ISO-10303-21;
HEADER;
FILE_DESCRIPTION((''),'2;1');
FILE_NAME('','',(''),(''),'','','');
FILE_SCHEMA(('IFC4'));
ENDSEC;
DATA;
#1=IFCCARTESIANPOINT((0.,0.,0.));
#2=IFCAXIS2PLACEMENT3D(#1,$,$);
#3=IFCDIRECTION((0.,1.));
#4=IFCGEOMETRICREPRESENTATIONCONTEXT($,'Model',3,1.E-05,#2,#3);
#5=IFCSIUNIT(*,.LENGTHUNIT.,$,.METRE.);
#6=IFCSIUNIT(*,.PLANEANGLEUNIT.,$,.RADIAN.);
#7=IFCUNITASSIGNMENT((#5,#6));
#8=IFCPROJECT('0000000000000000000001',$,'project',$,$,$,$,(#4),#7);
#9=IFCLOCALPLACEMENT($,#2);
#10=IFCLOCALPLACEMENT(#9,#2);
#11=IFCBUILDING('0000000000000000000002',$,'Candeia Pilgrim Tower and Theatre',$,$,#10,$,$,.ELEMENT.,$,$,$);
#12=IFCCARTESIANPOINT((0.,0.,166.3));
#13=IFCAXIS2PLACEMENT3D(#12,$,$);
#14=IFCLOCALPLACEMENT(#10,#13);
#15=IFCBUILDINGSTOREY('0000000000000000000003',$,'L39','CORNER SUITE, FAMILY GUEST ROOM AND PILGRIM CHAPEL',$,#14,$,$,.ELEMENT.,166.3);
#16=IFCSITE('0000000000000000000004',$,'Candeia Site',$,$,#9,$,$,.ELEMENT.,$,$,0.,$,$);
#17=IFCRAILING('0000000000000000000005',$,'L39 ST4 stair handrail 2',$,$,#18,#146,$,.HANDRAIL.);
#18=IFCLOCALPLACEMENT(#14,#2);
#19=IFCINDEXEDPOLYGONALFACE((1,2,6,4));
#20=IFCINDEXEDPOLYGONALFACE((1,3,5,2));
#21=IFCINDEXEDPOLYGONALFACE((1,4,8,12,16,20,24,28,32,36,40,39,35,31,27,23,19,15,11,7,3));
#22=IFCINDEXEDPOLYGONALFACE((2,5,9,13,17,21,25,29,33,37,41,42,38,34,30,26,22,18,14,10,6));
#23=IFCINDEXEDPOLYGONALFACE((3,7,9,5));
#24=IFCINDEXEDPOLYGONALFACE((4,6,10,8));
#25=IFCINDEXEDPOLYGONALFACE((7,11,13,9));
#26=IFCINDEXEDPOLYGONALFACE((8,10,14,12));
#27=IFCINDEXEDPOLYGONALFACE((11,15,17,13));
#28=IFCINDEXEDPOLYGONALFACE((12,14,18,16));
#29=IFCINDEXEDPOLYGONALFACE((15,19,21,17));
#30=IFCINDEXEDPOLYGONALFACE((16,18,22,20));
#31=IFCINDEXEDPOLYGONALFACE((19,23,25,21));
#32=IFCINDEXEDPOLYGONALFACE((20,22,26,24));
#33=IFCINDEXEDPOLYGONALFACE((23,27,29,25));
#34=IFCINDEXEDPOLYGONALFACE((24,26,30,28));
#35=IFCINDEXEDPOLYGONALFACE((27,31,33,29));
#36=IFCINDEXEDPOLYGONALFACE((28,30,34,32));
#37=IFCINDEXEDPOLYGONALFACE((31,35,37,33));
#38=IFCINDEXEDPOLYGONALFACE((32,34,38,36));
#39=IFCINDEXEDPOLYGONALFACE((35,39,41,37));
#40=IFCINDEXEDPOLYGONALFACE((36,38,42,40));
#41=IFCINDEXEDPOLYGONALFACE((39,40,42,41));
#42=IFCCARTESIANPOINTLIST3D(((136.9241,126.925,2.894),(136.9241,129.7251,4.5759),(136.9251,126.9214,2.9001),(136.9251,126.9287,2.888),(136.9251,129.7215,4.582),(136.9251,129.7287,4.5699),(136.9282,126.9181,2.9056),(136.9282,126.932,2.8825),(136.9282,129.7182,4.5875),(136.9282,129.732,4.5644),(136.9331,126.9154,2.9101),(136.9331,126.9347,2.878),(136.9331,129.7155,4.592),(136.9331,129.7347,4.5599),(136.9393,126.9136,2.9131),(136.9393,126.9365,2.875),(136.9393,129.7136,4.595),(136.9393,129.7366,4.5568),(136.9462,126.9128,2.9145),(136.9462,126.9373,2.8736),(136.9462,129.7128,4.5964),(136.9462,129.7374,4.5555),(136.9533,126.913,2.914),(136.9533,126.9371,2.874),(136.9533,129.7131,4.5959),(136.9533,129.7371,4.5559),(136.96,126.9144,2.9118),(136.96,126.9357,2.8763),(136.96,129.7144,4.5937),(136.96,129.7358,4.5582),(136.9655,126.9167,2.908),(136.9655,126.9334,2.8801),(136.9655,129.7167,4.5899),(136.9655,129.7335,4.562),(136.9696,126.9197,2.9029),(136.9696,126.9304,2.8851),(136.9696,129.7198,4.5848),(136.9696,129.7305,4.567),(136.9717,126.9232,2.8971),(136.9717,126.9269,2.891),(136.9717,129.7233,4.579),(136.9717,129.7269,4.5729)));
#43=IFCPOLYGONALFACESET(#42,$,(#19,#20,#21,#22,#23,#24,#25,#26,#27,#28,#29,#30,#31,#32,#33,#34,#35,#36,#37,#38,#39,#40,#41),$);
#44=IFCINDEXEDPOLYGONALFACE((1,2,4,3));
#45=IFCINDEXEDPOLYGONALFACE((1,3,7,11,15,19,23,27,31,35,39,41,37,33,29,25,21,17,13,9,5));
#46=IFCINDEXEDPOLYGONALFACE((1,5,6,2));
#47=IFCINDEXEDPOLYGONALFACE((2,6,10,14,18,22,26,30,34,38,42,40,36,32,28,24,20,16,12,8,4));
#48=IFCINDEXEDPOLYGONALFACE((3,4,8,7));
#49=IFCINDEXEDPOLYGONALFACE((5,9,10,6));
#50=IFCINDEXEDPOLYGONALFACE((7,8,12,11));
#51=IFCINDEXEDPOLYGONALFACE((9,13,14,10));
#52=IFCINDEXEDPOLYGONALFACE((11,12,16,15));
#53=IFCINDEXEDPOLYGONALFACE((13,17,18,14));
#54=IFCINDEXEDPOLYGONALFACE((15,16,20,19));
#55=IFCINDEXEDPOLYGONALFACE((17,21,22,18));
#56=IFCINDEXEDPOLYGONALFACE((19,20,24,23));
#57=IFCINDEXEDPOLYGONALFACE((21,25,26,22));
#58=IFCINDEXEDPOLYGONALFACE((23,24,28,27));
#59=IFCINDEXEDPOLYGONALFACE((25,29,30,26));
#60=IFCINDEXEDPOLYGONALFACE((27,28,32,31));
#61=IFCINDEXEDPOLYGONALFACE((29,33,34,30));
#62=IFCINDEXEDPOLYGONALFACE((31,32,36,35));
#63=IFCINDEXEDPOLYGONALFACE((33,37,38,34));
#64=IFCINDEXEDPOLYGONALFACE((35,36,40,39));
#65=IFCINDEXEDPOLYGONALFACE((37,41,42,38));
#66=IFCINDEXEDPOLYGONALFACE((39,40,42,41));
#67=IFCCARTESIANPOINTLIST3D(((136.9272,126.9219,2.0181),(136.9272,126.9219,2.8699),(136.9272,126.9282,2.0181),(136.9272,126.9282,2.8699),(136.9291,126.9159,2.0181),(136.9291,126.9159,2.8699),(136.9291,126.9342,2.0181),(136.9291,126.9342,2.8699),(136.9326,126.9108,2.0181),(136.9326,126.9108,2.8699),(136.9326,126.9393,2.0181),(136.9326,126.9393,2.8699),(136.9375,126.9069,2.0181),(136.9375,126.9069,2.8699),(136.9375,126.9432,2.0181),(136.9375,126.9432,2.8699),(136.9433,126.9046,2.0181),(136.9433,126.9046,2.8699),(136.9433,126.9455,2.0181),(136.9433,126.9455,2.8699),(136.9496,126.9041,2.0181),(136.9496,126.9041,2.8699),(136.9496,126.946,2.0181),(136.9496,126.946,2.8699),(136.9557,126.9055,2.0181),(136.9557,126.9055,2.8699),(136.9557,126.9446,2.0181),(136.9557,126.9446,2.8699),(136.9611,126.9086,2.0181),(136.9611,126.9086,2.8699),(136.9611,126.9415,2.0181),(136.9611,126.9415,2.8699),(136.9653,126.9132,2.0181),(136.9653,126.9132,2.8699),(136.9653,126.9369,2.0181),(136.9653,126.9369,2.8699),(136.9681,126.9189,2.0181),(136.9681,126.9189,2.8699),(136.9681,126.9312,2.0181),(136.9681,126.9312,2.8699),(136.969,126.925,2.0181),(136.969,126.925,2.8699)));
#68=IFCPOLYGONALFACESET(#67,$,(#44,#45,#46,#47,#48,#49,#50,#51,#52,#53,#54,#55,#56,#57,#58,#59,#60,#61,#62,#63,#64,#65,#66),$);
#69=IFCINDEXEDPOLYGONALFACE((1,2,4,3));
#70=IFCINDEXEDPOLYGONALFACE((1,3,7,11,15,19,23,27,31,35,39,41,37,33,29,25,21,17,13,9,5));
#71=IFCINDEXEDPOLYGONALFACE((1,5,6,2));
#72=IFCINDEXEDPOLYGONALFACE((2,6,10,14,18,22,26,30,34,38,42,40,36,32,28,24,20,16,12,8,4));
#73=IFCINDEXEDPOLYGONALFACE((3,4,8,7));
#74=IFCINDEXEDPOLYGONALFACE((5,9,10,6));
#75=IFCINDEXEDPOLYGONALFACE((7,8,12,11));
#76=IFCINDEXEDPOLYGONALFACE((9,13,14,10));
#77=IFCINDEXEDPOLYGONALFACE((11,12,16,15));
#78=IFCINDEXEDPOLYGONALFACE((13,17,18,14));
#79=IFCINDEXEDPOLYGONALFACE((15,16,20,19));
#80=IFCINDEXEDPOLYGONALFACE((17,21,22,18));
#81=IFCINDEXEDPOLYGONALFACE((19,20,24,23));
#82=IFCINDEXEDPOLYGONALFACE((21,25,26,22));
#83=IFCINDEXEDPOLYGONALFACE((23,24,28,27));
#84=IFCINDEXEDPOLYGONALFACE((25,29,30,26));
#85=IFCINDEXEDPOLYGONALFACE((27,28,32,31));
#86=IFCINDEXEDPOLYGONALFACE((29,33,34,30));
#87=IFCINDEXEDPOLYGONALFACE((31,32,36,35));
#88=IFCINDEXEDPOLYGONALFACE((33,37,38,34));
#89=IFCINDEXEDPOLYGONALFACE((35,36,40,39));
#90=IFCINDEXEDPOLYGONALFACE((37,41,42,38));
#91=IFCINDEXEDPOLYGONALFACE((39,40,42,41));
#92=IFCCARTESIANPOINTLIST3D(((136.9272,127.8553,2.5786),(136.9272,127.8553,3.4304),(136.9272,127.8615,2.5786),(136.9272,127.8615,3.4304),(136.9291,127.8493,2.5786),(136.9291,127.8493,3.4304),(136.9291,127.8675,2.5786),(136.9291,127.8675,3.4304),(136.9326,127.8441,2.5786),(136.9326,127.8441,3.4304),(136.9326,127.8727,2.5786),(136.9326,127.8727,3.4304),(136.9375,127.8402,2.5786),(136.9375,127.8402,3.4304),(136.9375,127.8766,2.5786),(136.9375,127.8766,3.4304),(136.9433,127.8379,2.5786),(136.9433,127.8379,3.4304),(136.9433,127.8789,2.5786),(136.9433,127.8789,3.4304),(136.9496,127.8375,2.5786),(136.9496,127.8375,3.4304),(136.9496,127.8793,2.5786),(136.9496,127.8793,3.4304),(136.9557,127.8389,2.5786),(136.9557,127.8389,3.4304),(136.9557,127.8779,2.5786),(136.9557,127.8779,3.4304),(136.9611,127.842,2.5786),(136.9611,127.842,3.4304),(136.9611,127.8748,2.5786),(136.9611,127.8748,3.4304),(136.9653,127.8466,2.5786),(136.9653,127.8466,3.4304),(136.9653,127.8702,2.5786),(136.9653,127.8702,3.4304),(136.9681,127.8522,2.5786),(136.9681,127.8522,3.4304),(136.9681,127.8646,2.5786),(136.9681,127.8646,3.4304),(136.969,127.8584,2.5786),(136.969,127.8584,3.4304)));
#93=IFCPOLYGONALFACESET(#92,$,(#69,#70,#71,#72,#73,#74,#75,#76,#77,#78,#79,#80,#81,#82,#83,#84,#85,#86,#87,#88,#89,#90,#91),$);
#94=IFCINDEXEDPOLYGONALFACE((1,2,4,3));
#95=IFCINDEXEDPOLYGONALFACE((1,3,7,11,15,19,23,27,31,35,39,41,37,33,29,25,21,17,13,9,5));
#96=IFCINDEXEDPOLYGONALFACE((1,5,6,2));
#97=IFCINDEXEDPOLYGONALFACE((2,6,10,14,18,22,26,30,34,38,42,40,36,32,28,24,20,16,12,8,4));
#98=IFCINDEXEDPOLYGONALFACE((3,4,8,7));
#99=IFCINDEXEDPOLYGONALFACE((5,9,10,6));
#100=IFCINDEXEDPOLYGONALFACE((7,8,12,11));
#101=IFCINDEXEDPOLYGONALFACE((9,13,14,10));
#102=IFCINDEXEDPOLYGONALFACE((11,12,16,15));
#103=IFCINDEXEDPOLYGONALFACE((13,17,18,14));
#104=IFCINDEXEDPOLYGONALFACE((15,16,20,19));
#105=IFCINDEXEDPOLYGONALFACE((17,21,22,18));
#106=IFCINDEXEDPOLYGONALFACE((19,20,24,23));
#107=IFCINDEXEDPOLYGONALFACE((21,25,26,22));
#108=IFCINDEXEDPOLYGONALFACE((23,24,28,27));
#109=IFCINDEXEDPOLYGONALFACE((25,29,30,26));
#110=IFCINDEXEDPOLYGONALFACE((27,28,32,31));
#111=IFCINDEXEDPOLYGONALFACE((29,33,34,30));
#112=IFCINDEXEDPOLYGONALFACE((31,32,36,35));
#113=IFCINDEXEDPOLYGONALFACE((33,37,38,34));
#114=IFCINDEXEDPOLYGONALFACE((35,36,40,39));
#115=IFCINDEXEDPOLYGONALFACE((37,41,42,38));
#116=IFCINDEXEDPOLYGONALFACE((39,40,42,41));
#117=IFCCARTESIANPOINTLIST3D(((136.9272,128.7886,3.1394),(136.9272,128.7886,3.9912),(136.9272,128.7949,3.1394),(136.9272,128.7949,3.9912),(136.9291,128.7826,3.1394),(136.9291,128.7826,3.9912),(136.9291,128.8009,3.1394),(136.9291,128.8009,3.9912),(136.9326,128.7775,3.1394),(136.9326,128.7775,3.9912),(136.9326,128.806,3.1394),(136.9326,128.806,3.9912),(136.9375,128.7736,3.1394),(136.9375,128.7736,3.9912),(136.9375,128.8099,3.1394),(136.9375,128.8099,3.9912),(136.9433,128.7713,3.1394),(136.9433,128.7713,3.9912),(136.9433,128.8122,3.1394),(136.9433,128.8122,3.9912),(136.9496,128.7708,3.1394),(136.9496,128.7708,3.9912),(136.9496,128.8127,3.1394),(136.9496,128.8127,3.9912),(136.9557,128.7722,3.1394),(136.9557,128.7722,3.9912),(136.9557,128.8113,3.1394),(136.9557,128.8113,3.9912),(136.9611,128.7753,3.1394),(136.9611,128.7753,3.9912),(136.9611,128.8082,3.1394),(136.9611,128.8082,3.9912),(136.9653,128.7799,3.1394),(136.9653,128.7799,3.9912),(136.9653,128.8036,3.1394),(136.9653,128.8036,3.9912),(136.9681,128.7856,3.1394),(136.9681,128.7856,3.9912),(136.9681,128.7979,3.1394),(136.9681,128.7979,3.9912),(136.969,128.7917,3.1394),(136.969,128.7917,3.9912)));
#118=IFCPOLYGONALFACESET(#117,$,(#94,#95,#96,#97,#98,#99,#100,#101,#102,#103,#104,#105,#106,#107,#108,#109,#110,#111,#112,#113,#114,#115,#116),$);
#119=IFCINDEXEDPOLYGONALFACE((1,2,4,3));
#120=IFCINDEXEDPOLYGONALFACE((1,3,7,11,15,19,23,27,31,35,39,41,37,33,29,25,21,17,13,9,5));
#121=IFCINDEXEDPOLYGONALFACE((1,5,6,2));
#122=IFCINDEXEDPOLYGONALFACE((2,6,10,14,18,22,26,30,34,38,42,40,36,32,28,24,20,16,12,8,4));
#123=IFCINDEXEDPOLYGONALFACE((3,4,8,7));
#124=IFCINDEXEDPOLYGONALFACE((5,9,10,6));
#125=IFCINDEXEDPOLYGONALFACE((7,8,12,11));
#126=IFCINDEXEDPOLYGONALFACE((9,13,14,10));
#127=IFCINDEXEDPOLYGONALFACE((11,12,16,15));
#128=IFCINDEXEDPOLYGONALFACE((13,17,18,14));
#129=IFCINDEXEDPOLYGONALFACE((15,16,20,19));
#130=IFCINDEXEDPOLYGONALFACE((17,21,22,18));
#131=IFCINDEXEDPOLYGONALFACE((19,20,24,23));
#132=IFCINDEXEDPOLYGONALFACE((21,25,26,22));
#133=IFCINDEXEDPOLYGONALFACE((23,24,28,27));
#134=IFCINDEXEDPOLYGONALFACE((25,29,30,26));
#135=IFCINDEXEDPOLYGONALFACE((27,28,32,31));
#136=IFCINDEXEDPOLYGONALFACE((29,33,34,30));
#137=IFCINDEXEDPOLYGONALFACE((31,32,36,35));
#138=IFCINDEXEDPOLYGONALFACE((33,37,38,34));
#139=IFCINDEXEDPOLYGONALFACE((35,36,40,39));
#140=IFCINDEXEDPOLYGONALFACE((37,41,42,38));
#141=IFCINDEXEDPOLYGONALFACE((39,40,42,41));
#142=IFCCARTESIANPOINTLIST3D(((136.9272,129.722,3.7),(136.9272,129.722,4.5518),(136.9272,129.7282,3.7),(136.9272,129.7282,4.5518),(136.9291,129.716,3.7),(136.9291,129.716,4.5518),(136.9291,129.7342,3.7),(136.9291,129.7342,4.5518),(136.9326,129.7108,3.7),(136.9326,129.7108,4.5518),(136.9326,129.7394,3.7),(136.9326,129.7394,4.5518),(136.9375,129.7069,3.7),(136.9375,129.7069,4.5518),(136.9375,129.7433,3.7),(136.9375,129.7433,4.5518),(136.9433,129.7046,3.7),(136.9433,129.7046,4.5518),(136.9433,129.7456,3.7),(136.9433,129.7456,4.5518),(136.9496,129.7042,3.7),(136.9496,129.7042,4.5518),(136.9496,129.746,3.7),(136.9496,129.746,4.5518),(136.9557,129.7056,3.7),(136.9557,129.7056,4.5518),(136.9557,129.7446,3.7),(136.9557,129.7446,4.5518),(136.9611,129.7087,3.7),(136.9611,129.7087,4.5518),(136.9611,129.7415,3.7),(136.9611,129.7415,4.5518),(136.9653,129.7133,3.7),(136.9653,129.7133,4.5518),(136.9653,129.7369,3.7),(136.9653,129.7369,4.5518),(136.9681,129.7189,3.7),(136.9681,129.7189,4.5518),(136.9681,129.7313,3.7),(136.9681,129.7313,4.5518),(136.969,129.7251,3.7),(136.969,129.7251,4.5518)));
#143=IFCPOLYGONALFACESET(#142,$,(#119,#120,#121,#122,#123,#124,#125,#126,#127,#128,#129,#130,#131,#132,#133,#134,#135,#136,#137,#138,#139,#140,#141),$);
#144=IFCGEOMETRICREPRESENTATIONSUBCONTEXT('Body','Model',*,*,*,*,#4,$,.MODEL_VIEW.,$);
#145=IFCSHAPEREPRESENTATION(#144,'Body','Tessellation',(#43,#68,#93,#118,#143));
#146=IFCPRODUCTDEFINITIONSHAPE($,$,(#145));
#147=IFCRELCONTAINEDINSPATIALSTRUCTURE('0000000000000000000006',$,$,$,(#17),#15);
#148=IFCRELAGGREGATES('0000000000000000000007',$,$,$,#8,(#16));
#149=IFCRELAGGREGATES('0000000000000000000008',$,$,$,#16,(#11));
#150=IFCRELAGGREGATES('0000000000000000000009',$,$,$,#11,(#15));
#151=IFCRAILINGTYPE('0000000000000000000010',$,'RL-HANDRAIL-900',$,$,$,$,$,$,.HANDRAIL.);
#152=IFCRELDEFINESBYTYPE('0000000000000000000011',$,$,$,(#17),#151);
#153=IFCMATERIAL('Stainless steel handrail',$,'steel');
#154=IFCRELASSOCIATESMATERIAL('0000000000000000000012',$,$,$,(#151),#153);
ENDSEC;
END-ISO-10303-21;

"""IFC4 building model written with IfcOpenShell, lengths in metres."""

from ifc_helpers import new_model, si_unit, direction, frame, origin, origin_2d, place, context, subcontext, project, spatial, circle, extrude, material, type_object, element, save


model = new_model("IFC4")

# Units and contexts
model_context = context("Model", 3, precision=1e-05, world=origin(), true_north=direction((0.0, 1.0)))
body_context = subcontext(model_context, "Body", "Model", "MODEL_VIEW")
ifc_project = project(units=[si_unit("LENGTHUNIT", "METRE"), si_unit("PLANEANGLEUNIT", "RADIAN")], contexts=[model_context])

# Site, building, storey
site_placement = place(None, origin())
site = spatial("IfcSite", under=ifc_project, at=site_placement, Name="Candeia Site", CompositionType="ELEMENT", RefElevation=0.0)
building_placement = place(site_placement, origin())
building = spatial("IfcBuilding", under=site, at=building_placement, Name="Candeia Pilgrim Tower and Theatre", CompositionType="ELEMENT")
storey_placement = place(building_placement, frame((0.0, 0.0, 166.3)))
storey = spatial("IfcBuildingStorey", under=building, at=storey_placement, Name="L39", Description="CORNER SUITE, FAMILY GUEST ROOM AND PILGRIM CHAPEL", CompositionType="ELEMENT", Elevation=166.3)

# Railing
ifc_material_1 = material(Name="Stainless steel handrail", Category="steel")
railing_type_1 = type_object("IfcRailingType", Name="RL-HANDRAIL-900", PredefinedType="HANDRAIL", material=ifc_material_1)
railing_1_placement = place(storey_placement, frame((136.948, 126.925, 2.0181)))
element("IfcRailing", 1, at=railing_1_placement, inside=storey, type_object=railing_type_1, Name="L39 ST4 stair handrail 2", PredefinedType="HANDRAIL", context=body_context, shape_type="SweptSolid", body=[
    extrude(circle(Radius=0.0239, at=origin_2d()), frame((0.0, 0.0, 0.876), z_axis=(0.0, 0.857242, 0.514913), x_axis=(-1.0, 0.0, 0.0)), (0.0, 0.0, 1.0), 3.2664),
    extrude(circle(Radius=0.021, at=origin_2d()), origin(), (0.0, 0.0, 1.0), 0.8518),
    extrude(circle(Radius=0.021, at=origin_2d()), frame((0.0, 0.9333, 0.5605)), (0.0, 0.0, 1.0), 0.8518),
    extrude(circle(Radius=0.021, at=origin_2d()), frame((0.0, 1.8667, 1.1213)), (0.0, 0.0, 1.0), 0.8518),
    extrude(circle(Radius=0.021, at=origin_2d()), frame((0.0, 2.8, 1.6819)), (0.0, 0.0, 1.0), 0.8518),
])

save(model, "model.ifc")
